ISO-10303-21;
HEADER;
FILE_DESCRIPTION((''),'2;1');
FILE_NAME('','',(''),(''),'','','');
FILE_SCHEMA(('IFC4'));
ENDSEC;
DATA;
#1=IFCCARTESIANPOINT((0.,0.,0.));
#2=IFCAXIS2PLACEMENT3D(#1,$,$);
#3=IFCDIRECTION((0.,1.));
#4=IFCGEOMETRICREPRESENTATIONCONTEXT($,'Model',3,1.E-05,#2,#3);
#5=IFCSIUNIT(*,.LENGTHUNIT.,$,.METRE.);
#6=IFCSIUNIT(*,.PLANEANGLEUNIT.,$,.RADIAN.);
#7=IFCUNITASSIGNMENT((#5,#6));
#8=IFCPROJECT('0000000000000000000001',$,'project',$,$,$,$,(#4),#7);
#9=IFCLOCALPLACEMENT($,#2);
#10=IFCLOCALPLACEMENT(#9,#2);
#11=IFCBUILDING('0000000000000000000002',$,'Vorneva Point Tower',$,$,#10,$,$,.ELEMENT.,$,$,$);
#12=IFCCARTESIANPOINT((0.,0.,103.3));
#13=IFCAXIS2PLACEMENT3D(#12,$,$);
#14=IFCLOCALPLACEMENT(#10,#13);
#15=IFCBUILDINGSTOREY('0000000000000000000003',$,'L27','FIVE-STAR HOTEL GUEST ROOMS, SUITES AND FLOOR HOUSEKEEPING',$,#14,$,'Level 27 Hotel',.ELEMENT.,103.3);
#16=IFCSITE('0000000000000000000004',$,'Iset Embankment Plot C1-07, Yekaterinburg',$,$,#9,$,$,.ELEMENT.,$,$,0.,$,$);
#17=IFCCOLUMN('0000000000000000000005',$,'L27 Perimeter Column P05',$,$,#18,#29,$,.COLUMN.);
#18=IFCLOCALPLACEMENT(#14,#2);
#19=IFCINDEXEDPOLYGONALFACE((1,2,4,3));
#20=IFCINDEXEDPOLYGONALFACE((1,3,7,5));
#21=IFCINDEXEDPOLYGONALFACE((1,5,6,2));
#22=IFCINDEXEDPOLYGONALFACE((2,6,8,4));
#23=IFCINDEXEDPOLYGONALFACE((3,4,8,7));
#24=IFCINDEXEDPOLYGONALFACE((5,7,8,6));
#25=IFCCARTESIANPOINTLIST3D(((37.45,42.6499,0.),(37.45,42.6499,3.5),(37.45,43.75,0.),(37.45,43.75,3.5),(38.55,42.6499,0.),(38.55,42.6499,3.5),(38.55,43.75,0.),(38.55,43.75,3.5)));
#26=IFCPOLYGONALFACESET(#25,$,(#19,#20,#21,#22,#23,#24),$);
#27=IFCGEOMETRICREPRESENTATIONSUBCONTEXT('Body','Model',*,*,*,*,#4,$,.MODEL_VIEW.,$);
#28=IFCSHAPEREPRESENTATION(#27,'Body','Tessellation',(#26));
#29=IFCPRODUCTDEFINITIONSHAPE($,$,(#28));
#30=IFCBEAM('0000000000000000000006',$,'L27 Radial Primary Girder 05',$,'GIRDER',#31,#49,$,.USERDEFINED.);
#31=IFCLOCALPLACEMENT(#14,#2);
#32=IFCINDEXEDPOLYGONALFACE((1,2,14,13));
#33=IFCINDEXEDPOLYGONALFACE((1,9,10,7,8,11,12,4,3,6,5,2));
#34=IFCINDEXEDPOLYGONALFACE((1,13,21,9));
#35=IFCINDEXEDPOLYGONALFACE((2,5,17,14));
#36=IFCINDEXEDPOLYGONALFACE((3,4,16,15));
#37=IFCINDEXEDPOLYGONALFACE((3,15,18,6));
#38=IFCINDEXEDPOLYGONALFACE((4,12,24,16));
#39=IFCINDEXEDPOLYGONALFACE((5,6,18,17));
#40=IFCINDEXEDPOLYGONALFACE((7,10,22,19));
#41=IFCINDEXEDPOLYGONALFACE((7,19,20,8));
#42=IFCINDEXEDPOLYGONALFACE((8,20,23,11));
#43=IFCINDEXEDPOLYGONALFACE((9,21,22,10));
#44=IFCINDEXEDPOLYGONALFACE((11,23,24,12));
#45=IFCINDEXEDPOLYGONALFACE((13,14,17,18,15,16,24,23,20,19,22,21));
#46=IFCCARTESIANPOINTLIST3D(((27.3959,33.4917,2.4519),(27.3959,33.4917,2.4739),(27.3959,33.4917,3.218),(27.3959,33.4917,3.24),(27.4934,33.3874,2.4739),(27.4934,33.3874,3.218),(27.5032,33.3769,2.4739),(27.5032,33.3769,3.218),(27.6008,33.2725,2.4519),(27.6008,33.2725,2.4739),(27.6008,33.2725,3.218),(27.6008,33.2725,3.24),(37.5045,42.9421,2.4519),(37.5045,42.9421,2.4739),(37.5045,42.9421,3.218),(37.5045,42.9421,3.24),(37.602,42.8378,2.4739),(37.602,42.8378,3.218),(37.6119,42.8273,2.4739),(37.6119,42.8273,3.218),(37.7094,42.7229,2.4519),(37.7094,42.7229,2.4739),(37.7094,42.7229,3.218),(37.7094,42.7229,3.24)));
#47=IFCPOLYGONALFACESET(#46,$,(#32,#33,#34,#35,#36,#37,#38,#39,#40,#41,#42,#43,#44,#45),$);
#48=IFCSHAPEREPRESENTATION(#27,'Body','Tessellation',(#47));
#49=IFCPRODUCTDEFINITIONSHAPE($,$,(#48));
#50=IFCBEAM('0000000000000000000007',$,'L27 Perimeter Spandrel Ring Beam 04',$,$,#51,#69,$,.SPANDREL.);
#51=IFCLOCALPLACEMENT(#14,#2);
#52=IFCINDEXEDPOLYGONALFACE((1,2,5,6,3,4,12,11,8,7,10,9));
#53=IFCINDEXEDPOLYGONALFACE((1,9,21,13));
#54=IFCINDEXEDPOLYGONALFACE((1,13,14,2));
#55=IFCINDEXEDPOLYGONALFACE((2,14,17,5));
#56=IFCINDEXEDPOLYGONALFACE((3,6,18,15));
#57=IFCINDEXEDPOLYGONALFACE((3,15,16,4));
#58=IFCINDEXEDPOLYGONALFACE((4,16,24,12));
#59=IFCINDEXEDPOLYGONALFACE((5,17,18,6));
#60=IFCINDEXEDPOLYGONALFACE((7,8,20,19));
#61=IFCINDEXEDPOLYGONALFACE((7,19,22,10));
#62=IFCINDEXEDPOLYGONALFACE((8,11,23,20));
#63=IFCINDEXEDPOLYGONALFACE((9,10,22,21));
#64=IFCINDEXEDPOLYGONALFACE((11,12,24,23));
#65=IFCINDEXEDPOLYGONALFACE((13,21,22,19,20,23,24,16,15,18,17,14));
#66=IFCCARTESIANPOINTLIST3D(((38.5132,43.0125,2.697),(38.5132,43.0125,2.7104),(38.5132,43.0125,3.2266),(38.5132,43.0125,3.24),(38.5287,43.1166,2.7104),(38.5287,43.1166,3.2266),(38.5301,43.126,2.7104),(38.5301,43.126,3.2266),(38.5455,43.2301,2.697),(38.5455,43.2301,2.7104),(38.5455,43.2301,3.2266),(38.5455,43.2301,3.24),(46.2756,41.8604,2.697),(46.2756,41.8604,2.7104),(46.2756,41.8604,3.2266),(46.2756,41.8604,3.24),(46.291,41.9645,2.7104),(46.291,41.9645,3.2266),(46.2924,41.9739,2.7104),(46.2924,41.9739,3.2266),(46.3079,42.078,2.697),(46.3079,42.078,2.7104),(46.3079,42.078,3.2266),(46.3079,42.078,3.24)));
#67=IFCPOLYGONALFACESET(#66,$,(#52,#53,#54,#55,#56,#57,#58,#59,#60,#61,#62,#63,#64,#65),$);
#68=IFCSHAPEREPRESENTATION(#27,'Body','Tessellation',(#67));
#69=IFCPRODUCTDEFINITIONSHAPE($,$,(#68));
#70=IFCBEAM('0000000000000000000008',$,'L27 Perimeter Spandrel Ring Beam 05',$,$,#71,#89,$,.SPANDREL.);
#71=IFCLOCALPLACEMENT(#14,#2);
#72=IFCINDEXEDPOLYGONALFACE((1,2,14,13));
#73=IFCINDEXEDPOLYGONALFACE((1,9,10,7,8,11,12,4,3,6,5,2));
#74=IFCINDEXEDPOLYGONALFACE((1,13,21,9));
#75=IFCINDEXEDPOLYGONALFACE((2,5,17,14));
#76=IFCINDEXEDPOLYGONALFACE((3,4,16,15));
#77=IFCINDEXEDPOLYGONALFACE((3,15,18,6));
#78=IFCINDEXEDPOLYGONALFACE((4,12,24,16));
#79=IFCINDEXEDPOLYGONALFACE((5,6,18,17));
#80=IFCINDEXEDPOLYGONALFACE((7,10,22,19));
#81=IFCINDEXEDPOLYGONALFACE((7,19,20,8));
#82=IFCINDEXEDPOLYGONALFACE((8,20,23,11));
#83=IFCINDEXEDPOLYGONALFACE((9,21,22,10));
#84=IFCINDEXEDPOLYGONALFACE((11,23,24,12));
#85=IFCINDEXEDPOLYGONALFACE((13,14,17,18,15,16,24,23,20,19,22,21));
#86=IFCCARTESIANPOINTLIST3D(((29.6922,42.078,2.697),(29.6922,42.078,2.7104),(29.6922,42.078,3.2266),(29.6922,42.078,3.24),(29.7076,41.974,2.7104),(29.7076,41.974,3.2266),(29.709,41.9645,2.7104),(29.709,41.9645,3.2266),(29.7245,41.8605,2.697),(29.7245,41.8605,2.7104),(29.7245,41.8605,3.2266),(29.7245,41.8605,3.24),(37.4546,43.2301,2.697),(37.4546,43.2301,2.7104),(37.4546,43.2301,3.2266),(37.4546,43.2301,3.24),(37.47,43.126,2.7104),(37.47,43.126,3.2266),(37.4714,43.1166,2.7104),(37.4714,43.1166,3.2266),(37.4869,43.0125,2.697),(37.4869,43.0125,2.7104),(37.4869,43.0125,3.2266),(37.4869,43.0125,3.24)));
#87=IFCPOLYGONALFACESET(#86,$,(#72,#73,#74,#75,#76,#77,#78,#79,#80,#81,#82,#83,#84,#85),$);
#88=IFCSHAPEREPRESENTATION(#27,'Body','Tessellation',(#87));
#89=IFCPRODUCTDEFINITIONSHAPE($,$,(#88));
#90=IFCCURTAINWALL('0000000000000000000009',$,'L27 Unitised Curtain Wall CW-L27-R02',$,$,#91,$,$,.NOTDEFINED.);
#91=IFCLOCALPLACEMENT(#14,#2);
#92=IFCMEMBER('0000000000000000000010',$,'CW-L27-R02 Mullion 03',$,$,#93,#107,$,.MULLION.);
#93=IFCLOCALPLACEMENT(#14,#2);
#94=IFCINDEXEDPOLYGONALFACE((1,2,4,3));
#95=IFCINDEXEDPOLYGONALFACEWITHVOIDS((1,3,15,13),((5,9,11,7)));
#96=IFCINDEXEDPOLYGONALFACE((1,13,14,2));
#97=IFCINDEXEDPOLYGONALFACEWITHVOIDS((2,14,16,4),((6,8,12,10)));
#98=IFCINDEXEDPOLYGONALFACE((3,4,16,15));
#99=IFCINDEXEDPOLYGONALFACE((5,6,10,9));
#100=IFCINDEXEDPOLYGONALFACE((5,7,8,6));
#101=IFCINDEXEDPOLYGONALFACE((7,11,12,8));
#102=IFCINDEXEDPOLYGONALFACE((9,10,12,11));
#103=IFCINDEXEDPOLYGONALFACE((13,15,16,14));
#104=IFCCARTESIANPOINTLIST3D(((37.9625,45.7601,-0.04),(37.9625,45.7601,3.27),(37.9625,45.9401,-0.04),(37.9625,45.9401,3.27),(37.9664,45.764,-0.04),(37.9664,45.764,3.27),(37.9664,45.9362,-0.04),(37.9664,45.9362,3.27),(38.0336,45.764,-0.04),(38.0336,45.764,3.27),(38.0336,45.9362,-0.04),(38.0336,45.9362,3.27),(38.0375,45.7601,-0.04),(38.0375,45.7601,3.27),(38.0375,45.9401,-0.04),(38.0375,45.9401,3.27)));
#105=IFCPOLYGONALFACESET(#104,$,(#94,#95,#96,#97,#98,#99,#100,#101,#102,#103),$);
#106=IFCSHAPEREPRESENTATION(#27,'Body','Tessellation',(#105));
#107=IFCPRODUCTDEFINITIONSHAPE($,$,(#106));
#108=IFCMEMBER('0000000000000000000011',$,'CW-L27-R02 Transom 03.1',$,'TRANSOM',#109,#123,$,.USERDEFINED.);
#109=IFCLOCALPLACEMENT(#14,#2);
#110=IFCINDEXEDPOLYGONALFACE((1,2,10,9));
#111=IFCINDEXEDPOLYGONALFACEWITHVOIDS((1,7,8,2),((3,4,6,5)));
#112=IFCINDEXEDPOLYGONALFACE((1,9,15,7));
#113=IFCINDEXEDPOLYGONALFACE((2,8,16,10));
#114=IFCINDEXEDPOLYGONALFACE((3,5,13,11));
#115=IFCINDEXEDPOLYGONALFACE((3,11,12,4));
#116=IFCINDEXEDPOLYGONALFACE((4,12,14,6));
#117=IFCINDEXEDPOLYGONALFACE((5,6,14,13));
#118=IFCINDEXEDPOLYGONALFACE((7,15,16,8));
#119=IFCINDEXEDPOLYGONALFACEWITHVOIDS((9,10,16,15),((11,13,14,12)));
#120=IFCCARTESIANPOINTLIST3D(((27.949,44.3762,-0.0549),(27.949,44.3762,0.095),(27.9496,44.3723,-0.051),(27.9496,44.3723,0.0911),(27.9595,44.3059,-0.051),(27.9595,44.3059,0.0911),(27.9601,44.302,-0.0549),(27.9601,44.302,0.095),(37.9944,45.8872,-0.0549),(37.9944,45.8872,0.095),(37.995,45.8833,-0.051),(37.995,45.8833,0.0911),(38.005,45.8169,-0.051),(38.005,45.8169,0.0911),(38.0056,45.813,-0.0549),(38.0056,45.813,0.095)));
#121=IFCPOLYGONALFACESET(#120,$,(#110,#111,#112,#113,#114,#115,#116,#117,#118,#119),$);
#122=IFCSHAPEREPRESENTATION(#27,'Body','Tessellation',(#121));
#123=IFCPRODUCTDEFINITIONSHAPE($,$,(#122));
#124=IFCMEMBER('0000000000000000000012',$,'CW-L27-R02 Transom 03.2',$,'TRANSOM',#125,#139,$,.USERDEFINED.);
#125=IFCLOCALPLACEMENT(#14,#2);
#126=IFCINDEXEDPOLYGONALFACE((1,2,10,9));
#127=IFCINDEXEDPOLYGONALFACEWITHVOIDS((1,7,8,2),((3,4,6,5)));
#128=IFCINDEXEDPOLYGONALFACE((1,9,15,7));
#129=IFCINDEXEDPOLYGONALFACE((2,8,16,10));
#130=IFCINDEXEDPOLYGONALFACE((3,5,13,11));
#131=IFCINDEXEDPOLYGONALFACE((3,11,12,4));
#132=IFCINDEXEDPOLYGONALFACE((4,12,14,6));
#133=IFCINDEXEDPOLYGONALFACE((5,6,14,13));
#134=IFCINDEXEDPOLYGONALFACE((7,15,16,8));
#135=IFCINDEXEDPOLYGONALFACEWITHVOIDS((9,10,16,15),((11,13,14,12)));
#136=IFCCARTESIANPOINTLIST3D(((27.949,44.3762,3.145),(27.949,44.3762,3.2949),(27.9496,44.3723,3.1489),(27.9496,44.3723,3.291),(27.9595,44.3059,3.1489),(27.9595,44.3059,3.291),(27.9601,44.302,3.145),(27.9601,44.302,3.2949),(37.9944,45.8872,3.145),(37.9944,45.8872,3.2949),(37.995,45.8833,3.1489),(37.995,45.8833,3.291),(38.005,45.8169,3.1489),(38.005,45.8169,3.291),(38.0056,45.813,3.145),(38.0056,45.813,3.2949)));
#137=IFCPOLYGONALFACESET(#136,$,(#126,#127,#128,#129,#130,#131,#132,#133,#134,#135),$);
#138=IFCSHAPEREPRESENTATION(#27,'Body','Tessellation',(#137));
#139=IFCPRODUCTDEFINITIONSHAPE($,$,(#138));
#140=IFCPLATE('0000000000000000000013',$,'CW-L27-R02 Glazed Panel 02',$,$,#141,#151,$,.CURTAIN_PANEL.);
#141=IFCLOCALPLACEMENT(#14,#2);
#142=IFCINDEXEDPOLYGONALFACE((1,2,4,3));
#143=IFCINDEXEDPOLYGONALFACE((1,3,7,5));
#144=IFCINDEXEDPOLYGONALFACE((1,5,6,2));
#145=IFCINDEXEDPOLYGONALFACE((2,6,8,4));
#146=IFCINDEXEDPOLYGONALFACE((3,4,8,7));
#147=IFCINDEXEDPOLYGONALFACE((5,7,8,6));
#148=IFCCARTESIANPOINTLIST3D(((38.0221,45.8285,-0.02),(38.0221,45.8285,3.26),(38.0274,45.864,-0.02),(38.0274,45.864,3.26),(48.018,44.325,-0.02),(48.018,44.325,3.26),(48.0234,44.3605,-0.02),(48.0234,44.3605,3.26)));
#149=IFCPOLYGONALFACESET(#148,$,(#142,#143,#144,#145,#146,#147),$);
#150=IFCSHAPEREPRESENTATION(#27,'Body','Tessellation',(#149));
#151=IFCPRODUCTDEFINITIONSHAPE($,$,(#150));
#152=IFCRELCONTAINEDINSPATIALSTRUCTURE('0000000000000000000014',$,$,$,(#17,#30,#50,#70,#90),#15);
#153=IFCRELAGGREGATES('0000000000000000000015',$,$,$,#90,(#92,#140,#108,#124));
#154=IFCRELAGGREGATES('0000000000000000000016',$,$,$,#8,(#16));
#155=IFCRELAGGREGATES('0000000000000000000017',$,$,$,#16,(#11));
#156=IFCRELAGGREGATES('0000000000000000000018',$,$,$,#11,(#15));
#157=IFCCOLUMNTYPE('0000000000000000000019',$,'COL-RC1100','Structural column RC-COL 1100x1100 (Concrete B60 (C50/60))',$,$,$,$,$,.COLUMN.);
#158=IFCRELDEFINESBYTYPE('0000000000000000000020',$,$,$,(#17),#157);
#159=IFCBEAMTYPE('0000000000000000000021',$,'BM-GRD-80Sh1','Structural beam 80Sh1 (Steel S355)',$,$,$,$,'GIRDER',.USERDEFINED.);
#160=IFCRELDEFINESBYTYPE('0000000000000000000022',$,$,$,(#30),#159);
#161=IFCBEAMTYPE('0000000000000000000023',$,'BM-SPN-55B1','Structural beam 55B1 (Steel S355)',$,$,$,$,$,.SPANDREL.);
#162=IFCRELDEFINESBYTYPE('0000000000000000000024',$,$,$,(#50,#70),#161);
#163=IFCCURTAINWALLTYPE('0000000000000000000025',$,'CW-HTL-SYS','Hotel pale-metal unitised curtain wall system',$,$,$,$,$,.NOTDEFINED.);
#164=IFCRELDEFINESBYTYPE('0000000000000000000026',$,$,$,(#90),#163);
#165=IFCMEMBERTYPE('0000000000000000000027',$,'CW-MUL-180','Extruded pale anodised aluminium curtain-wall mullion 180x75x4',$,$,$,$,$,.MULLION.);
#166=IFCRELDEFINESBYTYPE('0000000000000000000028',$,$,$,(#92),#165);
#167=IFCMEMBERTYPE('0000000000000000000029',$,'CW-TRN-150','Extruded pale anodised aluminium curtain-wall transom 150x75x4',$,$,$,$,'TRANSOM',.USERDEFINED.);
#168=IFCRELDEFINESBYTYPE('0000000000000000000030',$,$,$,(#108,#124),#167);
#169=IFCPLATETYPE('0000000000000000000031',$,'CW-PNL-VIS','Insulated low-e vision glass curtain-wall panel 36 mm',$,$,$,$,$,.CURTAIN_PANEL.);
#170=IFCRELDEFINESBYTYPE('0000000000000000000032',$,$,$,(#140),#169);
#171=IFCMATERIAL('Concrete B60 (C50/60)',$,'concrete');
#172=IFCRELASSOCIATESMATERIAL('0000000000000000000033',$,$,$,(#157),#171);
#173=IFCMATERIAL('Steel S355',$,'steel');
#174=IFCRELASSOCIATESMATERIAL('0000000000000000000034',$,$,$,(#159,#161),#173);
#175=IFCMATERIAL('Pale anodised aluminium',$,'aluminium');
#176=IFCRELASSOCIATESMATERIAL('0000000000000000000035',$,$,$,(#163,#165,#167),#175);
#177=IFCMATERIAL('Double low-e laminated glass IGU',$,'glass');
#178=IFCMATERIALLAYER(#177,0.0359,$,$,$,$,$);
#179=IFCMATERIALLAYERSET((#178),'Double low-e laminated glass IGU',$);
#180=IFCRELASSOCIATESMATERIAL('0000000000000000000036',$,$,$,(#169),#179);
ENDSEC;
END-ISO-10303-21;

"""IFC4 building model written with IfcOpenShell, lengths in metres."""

from ifc_helpers import new_model, si_unit, direction, frame, origin, origin_2d, place, context, subcontext, project, spatial, rectangle, hollow_rectangle, i_section, extrude, material, layer, layer_set, material_profile, profile_set, type_object, element, aggregate, save


model = new_model("IFC4")

# Units and contexts
model_context = context("Model", 3, precision=1e-05, world=origin(), true_north=direction((0.0, 1.0)))
body_context = subcontext(model_context, "Body", "Model", "MODEL_VIEW")
ifc_project = project(units=[si_unit("LENGTHUNIT", "METRE"), si_unit("PLANEANGLEUNIT", "RADIAN")], contexts=[model_context])

# Site, building, storey
site_placement = place(None, origin())
site = spatial("IfcSite", under=ifc_project, at=site_placement, Name="Iset Embankment Plot C1-07, Yekaterinburg", CompositionType="ELEMENT", RefElevation=0.0)
building_placement = place(site_placement, origin())
building = spatial("IfcBuilding", under=site, at=building_placement, Name="Vorneva Point Tower", CompositionType="ELEMENT")
storey_placement = place(building_placement, frame((0.0, 0.0, 103.3)))
storey = spatial("IfcBuildingStorey", under=building, at=storey_placement, Name="L27", Description="FIVE-STAR HOTEL GUEST ROOMS, SUITES AND FLOOR HOUSEKEEPING", LongName="Level 27 Hotel", CompositionType="ELEMENT", Elevation=103.3)

# Column
ifc_material_1 = material(Name="Concrete B60 (C50/60)", Category="concrete")
ifc_material_profile_1 = material_profile(ifc_material_1, rectangle(XDim=1.1001, YDim=1.1001, at=origin_2d()), Name="RC-COL 1100x1100")
ifc_profile_set_1 = profile_set([ifc_material_profile_1], Name="Concrete B60 (C50/60)")
column_type = type_object("IfcColumnType", Name="COL-RC1100", Description="Structural column RC-COL 1100x1100 (Concrete B60 (C50/60))", PredefinedType="COLUMN", material=ifc_profile_set_1)
column_placement = place(storey_placement, frame((38.0, 43.2, 0.0), z_axis=(0.0, 0.0, 1.0), x_axis=(0.0, 1.0, 0.0)))
element("IfcColumn", 1, at=column_placement, inside=storey, type_object=column_type, Name="L27 Perimeter Column P05", PredefinedType="COLUMN", context=body_context, shape_type="SweptSolid", body=[
    extrude(rectangle(XDim=1.1001, YDim=1.1001, at=origin_2d()), origin(), (0.0, 0.0, 1.0), 3.5),
])

# Beams
ifc_material_2 = material(Name="Steel S355", Category="steel")
ifc_material_profile_2 = material_profile(ifc_material_2, i_section(OverallWidth=0.3, OverallDepth=0.7881, WebThickness=0.0144, FlangeThickness=0.022, at=origin_2d()), Name="80Sh1")
ifc_profile_set_2 = profile_set([ifc_material_profile_2], Name="Steel S355")
beam_type_1 = type_object("IfcBeamType", Name="BM-GRD-80Sh1", Description="Structural beam 80Sh1 (Steel S355)", ElementType="GIRDER", PredefinedType="USERDEFINED", material=ifc_profile_set_2)
beam_placement = place(storey_placement, frame((37.6069, 42.8325, 2.8459), z_axis=(-0.730489, -0.682925, 0.0), x_axis=(0.682925, -0.730489, 0.0)))
element("IfcBeam", 2, at=beam_placement, inside=storey, type_object=beam_type_1, Name="L27 Radial Primary Girder 05", ObjectType="GIRDER", PredefinedType="USERDEFINED", context=body_context, shape_type="SweptSolid", body=[
    extrude(i_section(OverallWidth=0.3, OverallDepth=0.7881, WebThickness=0.0144, FlangeThickness=0.022, at=origin_2d()), origin(), (0.0, 0.0, 1.0), 13.8381),
])
ifc_material_profile_3 = material_profile(ifc_material_2, i_section(OverallWidth=0.22, OverallDepth=0.543, WebThickness=0.0095, FlangeThickness=0.0134, at=origin_2d()), Name="55B1")
ifc_profile_set_3 = profile_set([ifc_material_profile_3], Name="Steel S355")
beam_type_2 = type_object("IfcBeamType", Name="BM-SPN-55B1", Description="Structural beam 55B1 (Steel S355)", PredefinedType="SPANDREL", material=ifc_profile_set_3)
for number, where, z_axis, x_axis, name in (
    (3, (46.2917, 41.9692, 2.9685), (-0.989165, 0.146811, 0.0), (-0.146811, -0.989165, 0.0), "L27 Perimeter Spandrel Ring Beam 04"),
    (4, (37.4707, 43.1213, 2.9685), (-0.989165, -0.146811, 0.0), (0.146811, -0.989165, 0.0), "L27 Perimeter Spandrel Ring Beam 05"),
):
    element("IfcBeam", number, at=place(storey_placement, frame(where, z_axis=z_axis, x_axis=x_axis)), inside=storey, type_object=beam_type_2, Name=name, PredefinedType="SPANDREL", context=body_context, shape_type="SweptSolid", body=[
        extrude(i_section(OverallWidth=0.22, OverallDepth=0.543, WebThickness=0.0095, FlangeThickness=0.0134, at=origin_2d()), origin(), (0.0, 0.0, 1.0), 7.8474),
    ])

# Curtain wall, members, plate
ifc_material_3 = material(Name="Pale anodised aluminium", Category="aluminium")
curtain_wall_type = type_object("IfcCurtainWallType", Name="CW-HTL-SYS", Description="Hotel pale-metal unitised curtain wall system", PredefinedType="NOTDEFINED", material=ifc_material_3)
curtain_wall_placement = place(storey_placement, origin())
curtain_wall = element("IfcCurtainWall", 5, at=curtain_wall_placement, inside=storey, type_object=curtain_wall_type, Name="L27 Unitised Curtain Wall CW-L27-R02", PredefinedType="NOTDEFINED")
ifc_material_profile_4 = material_profile(ifc_material_3, hollow_rectangle(XDim=0.075, YDim=0.1799, WallThickness=0.0039, at=origin_2d()), Name="AL-MUL 180x75x4")
ifc_profile_set_4 = profile_set([ifc_material_profile_4], Name="Pale anodised aluminium")
member_type_1 = type_object("IfcMemberType", Name="CW-MUL-180", Description="Extruded pale anodised aluminium curtain-wall mullion 180x75x4", PredefinedType="MULLION", material=ifc_profile_set_4)
member_1_placement = place(storey_placement, frame((38.0, 45.8501, -0.04), z_axis=(0.0, 0.0, 1.0), x_axis=(1.0, 0.0, 0.0)))
member_1 = element("IfcMember", 6, at=member_1_placement, type_object=member_type_1, Name="CW-L27-R02 Mullion 03", PredefinedType="MULLION", context=body_context, shape_type="SweptSolid", body=[
    extrude(hollow_rectangle(XDim=0.075, YDim=0.1799, WallThickness=0.0039, at=origin_2d()), origin(), (0.0, 0.0, 1.0), 3.3101),
])
ifc_material_profile_5 = material_profile(ifc_material_3, hollow_rectangle(XDim=0.075, YDim=0.1499, WallThickness=0.0039, at=origin_2d()), Name="AL-TRN 150x75x4")
ifc_profile_set_5 = profile_set([ifc_material_profile_5], Name="Pale anodised aluminium")
member_type_2 = type_object("IfcMemberType", Name="CW-TRN-150", Description="Extruded pale anodised aluminium curtain-wall transom 150x75x4", ElementType="TRANSOM", PredefinedType="USERDEFINED", material=ifc_profile_set_5)
member_2_placement = place(storey_placement, frame((38.0, 45.8501, 0.02), z_axis=(-0.988876, -0.148742, 0.0), x_axis=(0.148742, -0.988876, 0.0)))
member_2 = element("IfcMember", 7, at=member_2_placement, type_object=member_type_2, Name="CW-L27-R02 Transom 03.1", ObjectType="TRANSOM", PredefinedType="USERDEFINED", context=body_context, shape_type="SweptSolid", body=[
    extrude(hollow_rectangle(XDim=0.075, YDim=0.1499, WallThickness=0.0039, at=origin_2d()), origin(), (0.0, 0.0, 1.0), 10.1584),
])
member_3_placement = place(storey_placement, frame((38.0, 45.8501, 3.22), z_axis=(-0.988876, -0.148742, 0.0), x_axis=(0.148742, -0.988876, 0.0)))
member_3 = element("IfcMember", 8, at=member_3_placement, type_object=member_type_2, Name="CW-L27-R02 Transom 03.2", ObjectType="TRANSOM", PredefinedType="USERDEFINED", context=body_context, shape_type="SweptSolid", body=[
    extrude(hollow_rectangle(XDim=0.075, YDim=0.1499, WallThickness=0.0039, at=origin_2d()), origin(), (0.0, 0.0, 1.0), 10.1584),
])
ifc_material_4 = material(Name="Double low-e laminated glass IGU", Category="glass")
ifc_layer_1 = layer(ifc_material_4, 0.0359)
ifc_layer_set_1 = layer_set([ifc_layer_1], Name="Double low-e laminated glass IGU")
plate_type = type_object("IfcPlateType", Name="CW-PNL-VIS", Description="Insulated low-e vision glass curtain-wall panel 36 mm", PredefinedType="CURTAIN_PANEL", material=ifc_layer_set_1)
plate_placement = place(storey_placement, frame((43.0227, 45.0945, -0.02), z_axis=(0.0, 0.0, 1.0), x_axis=(-0.988876, 0.148741, 0.0)))
plate = element("IfcPlate", 9, at=plate_placement, type_object=plate_type, Name="CW-L27-R02 Glazed Panel 02", PredefinedType="CURTAIN_PANEL", context=body_context, shape_type="SweptSolid", body=[
    extrude(rectangle(XDim=10.1084, YDim=0.0359, at=origin_2d()), origin(), (0.0, 0.0, 1.0), 3.28),
])
aggregate(curtain_wall, [member_1, plate, member_2, member_3])

save(model, "model.ifc")
